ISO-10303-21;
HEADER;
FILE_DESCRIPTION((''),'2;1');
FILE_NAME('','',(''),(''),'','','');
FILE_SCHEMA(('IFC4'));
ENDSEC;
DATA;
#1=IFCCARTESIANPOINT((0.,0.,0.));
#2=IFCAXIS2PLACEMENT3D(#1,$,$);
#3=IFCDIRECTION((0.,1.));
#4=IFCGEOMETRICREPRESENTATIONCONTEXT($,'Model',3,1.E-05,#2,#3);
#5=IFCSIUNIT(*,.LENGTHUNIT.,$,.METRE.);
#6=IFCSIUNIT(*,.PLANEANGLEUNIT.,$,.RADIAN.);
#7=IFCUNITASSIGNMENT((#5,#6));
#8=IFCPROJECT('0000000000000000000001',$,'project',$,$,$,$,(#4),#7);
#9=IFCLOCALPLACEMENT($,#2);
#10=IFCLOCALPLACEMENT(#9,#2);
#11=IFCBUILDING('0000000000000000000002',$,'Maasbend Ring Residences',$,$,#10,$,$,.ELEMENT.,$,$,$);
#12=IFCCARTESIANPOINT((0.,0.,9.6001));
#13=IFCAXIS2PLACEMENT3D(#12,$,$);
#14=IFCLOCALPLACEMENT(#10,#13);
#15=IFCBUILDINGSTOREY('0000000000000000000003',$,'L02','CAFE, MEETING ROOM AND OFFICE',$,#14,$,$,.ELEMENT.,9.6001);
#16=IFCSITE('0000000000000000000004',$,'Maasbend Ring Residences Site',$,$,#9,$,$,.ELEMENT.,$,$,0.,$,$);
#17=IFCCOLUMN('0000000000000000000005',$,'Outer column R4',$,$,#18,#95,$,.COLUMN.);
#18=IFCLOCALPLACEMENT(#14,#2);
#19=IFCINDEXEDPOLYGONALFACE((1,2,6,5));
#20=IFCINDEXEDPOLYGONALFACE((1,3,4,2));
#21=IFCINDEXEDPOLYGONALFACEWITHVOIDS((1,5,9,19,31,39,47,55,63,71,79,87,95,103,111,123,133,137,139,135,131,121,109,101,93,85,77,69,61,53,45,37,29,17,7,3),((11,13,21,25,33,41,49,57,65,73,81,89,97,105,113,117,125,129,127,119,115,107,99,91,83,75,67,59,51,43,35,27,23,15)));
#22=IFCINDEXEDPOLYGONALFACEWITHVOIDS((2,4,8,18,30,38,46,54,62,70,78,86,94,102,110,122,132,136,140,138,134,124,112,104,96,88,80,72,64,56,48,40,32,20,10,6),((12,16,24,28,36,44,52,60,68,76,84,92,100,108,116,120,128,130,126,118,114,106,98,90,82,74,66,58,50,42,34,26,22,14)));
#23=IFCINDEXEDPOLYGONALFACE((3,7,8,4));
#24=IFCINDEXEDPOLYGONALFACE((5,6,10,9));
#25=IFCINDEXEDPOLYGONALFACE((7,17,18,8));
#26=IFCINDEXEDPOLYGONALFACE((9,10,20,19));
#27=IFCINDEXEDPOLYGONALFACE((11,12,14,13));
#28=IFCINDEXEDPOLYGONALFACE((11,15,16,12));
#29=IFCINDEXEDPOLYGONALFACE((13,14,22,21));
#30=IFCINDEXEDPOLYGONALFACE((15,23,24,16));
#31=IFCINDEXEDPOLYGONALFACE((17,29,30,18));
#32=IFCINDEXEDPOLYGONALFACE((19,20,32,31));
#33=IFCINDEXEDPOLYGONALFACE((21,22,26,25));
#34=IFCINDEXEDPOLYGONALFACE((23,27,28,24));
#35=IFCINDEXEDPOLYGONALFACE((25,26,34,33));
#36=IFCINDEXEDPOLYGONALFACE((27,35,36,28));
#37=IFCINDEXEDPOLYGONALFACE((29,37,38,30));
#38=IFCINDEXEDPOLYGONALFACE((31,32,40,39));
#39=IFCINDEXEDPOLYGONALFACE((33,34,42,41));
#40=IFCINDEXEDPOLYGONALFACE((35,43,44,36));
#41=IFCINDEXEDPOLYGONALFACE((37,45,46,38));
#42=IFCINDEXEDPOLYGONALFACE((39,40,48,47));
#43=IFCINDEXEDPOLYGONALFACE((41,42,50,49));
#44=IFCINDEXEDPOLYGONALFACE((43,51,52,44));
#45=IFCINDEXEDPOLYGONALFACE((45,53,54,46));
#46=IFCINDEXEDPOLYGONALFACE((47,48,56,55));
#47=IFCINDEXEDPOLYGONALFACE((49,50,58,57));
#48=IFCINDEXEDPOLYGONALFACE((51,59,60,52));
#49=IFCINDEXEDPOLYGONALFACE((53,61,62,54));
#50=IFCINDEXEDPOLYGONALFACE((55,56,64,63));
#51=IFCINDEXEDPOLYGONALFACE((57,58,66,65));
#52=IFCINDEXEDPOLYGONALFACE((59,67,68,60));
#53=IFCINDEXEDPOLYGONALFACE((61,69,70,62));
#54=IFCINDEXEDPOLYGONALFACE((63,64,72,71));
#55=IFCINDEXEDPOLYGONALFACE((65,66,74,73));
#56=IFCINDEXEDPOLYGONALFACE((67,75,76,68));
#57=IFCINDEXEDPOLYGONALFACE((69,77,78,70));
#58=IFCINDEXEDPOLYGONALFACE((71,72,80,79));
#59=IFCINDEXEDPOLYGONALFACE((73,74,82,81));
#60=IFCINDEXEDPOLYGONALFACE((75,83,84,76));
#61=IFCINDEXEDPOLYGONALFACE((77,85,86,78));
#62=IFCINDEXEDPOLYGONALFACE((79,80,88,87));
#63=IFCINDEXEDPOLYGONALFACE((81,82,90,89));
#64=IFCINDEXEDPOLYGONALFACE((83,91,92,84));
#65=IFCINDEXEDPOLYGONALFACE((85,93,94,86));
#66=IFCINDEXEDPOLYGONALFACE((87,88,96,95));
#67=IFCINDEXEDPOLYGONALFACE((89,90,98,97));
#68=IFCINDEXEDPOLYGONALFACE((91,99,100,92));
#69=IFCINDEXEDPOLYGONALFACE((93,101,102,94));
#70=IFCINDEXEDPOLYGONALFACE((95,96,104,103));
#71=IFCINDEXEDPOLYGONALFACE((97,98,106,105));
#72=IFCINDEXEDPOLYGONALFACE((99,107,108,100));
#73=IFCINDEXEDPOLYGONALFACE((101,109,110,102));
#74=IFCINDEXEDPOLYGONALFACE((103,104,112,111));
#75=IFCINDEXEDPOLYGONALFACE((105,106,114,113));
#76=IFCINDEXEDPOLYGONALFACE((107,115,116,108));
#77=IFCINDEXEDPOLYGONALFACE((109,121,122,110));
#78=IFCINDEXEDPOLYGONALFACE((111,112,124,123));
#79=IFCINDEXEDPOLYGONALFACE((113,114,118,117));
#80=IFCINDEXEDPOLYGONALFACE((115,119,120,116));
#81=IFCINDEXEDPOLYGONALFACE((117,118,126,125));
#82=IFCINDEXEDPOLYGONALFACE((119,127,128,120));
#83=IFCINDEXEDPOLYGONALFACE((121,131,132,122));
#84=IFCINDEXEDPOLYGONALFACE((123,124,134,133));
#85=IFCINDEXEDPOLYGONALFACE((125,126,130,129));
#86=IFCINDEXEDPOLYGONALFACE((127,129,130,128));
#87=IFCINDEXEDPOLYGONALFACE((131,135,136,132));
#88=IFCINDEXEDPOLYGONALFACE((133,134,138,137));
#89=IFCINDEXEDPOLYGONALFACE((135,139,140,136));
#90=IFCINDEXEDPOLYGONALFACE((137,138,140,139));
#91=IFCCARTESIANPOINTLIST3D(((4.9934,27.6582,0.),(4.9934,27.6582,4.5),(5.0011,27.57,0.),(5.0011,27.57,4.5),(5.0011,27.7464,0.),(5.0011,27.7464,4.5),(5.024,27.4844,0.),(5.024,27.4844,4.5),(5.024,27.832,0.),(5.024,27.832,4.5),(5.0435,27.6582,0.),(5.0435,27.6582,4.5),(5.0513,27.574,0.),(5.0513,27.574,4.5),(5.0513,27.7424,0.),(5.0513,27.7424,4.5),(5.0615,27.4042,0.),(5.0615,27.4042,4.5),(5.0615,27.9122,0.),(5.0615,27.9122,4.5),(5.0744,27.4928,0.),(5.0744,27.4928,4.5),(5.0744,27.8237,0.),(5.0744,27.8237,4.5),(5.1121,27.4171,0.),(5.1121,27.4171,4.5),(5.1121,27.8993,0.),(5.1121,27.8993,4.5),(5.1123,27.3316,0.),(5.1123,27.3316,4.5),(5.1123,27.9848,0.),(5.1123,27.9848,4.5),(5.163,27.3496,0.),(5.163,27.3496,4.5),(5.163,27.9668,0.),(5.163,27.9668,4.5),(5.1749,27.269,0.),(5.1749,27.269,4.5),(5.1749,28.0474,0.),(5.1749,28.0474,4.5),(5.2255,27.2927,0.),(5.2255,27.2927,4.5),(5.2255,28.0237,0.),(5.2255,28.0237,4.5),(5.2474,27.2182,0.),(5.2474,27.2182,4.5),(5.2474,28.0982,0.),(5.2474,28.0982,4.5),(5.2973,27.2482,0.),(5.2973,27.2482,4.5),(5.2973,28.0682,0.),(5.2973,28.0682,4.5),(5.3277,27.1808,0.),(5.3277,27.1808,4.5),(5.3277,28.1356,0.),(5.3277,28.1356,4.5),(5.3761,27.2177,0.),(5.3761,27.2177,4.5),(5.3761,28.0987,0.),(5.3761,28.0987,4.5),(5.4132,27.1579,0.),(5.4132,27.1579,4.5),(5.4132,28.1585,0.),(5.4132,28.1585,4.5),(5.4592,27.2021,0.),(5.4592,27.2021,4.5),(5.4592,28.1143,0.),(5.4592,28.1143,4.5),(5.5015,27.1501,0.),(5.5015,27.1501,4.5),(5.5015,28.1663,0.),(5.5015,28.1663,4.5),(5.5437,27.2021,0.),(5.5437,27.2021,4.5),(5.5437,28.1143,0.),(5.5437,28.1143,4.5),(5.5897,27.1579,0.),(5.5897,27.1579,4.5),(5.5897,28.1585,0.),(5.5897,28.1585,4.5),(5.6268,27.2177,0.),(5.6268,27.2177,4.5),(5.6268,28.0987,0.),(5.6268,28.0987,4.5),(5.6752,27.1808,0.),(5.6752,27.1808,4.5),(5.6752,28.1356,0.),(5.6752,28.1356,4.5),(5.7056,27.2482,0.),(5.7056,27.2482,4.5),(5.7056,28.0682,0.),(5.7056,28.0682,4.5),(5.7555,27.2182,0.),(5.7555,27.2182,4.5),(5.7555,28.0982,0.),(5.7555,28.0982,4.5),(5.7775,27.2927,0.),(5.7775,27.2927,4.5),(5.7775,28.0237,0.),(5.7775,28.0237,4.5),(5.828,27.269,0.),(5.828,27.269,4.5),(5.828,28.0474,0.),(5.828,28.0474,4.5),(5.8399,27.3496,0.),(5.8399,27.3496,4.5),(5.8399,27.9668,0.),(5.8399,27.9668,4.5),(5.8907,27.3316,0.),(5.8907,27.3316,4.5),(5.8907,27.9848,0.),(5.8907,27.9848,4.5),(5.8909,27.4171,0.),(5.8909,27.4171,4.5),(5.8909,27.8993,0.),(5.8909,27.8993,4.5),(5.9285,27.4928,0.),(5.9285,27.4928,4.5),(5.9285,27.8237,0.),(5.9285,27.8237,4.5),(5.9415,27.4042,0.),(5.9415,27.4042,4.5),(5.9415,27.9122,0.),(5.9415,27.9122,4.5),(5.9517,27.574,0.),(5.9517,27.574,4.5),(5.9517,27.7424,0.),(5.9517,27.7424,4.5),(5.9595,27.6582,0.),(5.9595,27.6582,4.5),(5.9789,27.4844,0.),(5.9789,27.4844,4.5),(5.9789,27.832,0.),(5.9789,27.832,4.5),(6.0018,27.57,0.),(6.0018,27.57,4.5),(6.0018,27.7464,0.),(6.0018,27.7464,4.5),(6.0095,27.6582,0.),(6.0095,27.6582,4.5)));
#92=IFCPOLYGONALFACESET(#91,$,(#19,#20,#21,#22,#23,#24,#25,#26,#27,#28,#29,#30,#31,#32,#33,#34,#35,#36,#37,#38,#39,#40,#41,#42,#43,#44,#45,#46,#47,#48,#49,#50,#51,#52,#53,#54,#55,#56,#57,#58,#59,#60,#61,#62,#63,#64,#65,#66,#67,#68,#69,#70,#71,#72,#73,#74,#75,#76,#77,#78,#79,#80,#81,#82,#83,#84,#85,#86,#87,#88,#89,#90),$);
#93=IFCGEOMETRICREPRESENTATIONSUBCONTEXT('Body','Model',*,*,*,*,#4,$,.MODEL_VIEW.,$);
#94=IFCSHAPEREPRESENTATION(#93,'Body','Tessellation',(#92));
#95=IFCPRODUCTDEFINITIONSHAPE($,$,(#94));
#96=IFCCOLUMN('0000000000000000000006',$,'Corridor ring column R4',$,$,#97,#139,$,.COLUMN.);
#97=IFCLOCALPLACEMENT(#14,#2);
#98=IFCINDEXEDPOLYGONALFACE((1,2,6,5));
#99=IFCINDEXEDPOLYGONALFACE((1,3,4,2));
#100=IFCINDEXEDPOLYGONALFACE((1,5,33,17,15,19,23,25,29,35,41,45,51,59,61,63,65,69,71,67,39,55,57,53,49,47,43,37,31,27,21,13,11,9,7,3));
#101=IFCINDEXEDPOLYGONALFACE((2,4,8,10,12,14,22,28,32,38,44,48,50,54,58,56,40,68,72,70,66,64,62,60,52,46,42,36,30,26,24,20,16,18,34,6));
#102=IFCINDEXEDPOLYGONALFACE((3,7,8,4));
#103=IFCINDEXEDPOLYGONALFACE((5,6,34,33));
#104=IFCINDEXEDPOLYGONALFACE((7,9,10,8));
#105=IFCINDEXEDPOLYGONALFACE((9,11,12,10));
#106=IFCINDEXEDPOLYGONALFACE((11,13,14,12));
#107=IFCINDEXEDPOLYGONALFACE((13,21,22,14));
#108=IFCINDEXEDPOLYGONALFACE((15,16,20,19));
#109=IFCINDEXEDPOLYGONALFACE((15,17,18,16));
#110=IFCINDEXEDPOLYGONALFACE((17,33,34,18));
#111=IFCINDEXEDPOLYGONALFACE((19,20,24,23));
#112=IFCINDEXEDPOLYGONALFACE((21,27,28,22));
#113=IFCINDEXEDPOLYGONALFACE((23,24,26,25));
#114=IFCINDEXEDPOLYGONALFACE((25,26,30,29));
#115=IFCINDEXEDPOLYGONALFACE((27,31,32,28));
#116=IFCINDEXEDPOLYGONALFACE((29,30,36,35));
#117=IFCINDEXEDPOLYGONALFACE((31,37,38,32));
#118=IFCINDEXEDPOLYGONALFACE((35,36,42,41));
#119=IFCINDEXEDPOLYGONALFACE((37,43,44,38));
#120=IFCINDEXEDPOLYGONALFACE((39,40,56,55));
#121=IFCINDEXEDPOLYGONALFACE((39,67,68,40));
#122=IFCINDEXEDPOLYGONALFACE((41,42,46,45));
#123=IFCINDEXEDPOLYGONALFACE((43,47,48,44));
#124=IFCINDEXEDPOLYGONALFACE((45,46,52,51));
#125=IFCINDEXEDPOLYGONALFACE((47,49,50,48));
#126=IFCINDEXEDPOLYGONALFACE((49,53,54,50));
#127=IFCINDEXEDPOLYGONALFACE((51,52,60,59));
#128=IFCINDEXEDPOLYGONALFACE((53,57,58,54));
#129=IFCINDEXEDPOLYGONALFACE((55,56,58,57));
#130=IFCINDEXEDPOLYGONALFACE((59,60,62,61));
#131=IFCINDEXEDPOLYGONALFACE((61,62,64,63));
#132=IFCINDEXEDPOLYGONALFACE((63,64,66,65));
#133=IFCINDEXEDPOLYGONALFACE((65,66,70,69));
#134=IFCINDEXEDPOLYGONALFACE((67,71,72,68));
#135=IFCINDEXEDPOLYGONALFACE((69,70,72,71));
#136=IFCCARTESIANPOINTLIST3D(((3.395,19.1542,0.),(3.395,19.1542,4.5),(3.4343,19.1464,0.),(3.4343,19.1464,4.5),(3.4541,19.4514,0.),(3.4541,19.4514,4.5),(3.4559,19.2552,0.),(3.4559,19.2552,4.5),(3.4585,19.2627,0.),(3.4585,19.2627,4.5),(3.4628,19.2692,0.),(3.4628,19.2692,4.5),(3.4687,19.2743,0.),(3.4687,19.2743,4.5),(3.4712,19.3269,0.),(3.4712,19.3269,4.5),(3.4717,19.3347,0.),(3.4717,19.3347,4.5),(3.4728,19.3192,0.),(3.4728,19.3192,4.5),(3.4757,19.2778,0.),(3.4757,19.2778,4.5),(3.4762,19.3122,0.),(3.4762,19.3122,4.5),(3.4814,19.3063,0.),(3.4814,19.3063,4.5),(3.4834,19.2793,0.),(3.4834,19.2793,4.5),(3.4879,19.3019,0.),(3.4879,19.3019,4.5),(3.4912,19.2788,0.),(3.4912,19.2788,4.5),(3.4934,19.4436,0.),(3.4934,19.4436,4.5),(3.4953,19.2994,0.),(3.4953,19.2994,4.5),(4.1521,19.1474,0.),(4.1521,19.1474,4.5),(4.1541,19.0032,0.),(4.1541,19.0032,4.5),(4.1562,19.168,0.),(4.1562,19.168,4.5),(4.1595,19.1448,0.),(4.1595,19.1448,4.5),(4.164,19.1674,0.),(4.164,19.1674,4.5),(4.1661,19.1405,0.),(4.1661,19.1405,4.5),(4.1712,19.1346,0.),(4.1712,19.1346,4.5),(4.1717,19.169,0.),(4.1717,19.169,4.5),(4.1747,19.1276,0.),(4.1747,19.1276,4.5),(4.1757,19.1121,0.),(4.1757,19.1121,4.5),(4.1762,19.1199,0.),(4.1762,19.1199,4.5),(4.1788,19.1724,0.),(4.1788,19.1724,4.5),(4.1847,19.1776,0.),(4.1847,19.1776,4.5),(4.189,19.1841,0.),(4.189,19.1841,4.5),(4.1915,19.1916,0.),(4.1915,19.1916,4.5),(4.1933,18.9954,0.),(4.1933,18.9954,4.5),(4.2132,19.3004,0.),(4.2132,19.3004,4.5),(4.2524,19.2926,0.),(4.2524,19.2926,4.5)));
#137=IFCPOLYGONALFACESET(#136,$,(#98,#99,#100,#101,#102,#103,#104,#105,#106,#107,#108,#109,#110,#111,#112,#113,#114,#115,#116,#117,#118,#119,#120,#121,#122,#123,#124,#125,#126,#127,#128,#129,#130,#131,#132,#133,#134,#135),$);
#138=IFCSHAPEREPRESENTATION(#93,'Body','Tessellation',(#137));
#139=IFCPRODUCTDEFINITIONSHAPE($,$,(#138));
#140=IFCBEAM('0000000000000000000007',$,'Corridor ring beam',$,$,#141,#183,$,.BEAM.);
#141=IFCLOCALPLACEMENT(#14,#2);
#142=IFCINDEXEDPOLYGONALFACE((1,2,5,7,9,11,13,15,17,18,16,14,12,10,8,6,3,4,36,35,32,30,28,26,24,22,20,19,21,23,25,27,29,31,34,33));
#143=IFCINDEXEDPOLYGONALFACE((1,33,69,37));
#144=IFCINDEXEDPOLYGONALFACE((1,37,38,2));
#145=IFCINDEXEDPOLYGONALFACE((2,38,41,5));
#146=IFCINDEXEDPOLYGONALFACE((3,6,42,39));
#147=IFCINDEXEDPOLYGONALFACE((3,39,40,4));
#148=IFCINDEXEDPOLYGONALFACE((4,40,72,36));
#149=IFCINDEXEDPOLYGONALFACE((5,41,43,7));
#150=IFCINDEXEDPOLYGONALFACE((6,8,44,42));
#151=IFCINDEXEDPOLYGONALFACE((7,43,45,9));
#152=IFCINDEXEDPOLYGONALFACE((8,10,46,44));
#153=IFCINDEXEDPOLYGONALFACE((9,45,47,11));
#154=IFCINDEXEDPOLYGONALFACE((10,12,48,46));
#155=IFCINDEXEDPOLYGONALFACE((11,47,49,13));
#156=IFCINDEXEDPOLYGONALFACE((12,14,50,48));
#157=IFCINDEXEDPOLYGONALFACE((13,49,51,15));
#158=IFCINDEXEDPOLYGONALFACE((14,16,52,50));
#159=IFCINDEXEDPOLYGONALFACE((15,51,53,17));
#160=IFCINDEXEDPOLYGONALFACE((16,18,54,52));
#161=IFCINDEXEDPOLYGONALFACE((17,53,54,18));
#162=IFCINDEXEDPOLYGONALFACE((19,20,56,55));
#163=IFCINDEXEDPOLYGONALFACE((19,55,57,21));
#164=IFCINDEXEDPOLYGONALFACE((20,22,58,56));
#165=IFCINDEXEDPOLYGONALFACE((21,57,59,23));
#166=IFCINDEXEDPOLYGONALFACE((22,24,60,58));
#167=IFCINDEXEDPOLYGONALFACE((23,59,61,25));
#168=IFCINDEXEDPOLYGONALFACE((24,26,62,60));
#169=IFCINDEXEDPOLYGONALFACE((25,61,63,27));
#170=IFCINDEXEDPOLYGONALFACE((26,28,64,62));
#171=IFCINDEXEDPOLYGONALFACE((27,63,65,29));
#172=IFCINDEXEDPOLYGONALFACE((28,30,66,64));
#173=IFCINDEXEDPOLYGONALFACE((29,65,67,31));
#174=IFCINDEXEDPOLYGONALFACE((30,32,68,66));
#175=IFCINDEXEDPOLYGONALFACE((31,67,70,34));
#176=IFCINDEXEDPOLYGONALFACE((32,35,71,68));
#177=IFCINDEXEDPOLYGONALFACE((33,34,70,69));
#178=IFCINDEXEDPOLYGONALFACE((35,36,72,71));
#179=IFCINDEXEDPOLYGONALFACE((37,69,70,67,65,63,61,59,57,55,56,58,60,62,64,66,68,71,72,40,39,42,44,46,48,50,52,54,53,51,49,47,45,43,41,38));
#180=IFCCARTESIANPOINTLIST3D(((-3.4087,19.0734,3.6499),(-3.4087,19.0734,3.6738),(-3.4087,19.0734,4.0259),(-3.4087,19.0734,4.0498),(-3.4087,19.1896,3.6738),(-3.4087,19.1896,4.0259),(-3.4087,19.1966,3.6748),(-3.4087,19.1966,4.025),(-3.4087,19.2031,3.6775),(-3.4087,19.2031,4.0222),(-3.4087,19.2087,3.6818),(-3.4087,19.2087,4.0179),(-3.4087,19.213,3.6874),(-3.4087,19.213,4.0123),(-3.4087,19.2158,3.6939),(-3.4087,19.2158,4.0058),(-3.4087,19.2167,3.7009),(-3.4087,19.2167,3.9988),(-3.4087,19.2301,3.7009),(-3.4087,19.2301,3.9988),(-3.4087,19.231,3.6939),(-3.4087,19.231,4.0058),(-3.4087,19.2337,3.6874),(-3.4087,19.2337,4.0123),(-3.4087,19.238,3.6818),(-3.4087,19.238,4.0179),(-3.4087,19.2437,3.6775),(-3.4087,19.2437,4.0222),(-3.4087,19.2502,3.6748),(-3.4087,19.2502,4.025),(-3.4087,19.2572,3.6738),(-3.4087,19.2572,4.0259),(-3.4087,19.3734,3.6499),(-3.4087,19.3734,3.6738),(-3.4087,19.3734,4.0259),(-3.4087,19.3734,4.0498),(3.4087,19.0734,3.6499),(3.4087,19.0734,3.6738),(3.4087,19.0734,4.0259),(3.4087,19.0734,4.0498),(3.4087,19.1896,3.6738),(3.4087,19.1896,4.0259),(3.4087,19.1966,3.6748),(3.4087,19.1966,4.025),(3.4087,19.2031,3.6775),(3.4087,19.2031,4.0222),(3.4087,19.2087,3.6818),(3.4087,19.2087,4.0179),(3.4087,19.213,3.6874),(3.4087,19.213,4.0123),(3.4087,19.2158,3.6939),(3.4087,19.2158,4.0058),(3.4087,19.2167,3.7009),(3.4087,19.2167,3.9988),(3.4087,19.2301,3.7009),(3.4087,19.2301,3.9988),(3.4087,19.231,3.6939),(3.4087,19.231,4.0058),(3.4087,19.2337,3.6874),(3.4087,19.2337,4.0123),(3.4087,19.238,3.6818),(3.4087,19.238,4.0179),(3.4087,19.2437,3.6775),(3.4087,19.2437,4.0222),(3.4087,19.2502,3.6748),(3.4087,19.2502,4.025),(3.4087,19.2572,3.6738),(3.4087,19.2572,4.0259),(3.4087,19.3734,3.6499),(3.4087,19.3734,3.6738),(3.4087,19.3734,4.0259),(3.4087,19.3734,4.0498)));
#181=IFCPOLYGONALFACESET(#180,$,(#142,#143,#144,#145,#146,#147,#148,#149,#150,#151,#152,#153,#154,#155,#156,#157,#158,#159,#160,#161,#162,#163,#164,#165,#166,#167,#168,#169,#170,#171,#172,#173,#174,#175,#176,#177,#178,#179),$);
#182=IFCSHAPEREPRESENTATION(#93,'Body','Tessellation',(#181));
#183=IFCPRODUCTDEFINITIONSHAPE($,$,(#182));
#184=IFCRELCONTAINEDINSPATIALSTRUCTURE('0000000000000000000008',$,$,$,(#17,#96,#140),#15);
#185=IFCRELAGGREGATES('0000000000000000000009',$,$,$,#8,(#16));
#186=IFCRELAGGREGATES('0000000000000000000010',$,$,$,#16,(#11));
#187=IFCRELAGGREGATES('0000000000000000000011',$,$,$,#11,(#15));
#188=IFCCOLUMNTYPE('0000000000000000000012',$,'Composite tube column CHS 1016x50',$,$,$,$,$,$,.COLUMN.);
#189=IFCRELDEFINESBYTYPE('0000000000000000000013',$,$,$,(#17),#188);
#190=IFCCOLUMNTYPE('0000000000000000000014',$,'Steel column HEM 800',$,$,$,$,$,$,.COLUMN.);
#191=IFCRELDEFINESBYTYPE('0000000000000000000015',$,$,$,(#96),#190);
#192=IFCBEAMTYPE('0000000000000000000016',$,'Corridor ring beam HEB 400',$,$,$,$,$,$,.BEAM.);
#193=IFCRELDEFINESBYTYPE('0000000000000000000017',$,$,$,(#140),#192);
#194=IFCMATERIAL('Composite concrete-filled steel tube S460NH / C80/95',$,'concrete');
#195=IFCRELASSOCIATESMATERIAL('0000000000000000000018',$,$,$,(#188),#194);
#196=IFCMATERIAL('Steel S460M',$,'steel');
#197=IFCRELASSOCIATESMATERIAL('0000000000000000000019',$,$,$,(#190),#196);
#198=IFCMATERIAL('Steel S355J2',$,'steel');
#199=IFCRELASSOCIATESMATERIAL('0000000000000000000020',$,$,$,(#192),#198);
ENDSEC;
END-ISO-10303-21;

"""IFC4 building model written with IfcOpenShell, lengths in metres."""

from ifc_helpers import new_model, si_unit, direction, frame, origin, origin_2d, place, context, subcontext, project, spatial, hollow_circle, i_section, extrude, material, material_profile, profile_set, type_object, element, save


model = new_model("IFC4")

# Units and contexts
model_context = context("Model", 3, precision=1e-05, world=origin(), true_north=direction((0.0, 1.0)))
body_context = subcontext(model_context, "Body", "Model", "MODEL_VIEW")
ifc_project = project(units=[si_unit("LENGTHUNIT", "METRE"), si_unit("PLANEANGLEUNIT", "RADIAN")], contexts=[model_context])

# Site, building, storey
site_placement = place(None, origin())
site = spatial("IfcSite", under=ifc_project, at=site_placement, Name="Maasbend Ring Residences Site", CompositionType="ELEMENT", RefElevation=0.0)
building_placement = place(site_placement, origin())
building = spatial("IfcBuilding", under=site, at=building_placement, Name="Maasbend Ring Residences", CompositionType="ELEMENT")
storey_placement = place(building_placement, frame((0.0, 0.0, 9.6001)))
storey = spatial("IfcBuildingStorey", under=building, at=storey_placement, Name="L02", Description="CAFE, MEETING ROOM AND OFFICE", CompositionType="ELEMENT", Elevation=9.6001)

# Columns
ifc_material_1 = material(Name="Composite concrete-filled steel tube S460NH / C80/95", Category="concrete")
ifc_material_profile_1 = material_profile(ifc_material_1, hollow_circle(Radius=0.5081, WallThickness=0.05, at=origin_2d()), Name="Composite tube column CHS 1016x50")
ifc_profile_set_1 = profile_set([ifc_material_profile_1], Name="Composite concrete-filled steel tube S460NH / C80/95")
column_type_1 = type_object("IfcColumnType", Name="Composite tube column CHS 1016x50", PredefinedType="COLUMN", material=ifc_profile_set_1)
column_1_placement = place(storey_placement, frame((5.5015, 27.6582, 0.0), z_axis=(0.0, 0.0, 1.0), x_axis=(1.0, 0.0, 0.0)))
element("IfcColumn", 1, at=column_1_placement, inside=storey, type_object=column_type_1, Name="Outer column R4", PredefinedType="COLUMN", context=body_context, shape_type="SweptSolid", body=[
    extrude(hollow_circle(Radius=0.5081, WallThickness=0.05, at=origin_2d()), origin(), (0.0, 0.0, 1.0), 4.5),
])
ifc_material_2 = material(Name="Steel S460M", Category="steel")
ifc_material_profile_2 = material_profile(ifc_material_2, i_section(OverallWidth=0.303, OverallDepth=0.814, WebThickness=0.021, FlangeThickness=0.04, FilletRadius=0.03, at=origin_2d()), Name="HEM 800")
ifc_profile_set_2 = profile_set([ifc_material_profile_2], Name="Steel S460M")
column_type_2 = type_object("IfcColumnType", Name="Steel column HEM 800", PredefinedType="COLUMN", material=ifc_profile_set_2)
column_2_placement = place(storey_placement, frame((3.8237, 19.2234, 0.0), z_axis=(0.0, 0.0, 1.0), x_axis=(0.19509, 0.980785, 0.0)))
element("IfcColumn", 2, at=column_2_placement, inside=storey, type_object=column_type_2, Name="Corridor ring column R4", PredefinedType="COLUMN", context=body_context, shape_type="SweptSolid", body=[
    extrude(i_section(OverallWidth=0.303, OverallDepth=0.814, WebThickness=0.021, FlangeThickness=0.04, FilletRadius=0.03, at=origin_2d()), origin(), (0.0, 0.0, 1.0), 4.5),
])

# Beam
ifc_material_3 = material(Name="Steel S355J2", Category="steel")
ifc_material_profile_3 = material_profile(ifc_material_3, i_section(OverallWidth=0.3, OverallDepth=0.3999, WebThickness=0.0134, FlangeThickness=0.0239, FilletRadius=0.0271, at=origin_2d()), Name="HEB 400")
ifc_profile_set_3 = profile_set([ifc_material_profile_3], Name="Steel S355J2")
beam_type = type_object("IfcBeamType", Name="Corridor ring beam HEB 400", PredefinedType="BEAM", material=ifc_profile_set_3)
beam_placement = place(storey_placement, frame((3.4087, 19.2234, 3.8499), z_axis=(-1.0, 0.0, 0.0), x_axis=(0.0, -1.0, 0.0)))
element("IfcBeam", 3, at=beam_placement, inside=storey, type_object=beam_type, Name="Corridor ring beam", PredefinedType="BEAM", context=body_context, shape_type="SweptSolid", body=[
    extrude(i_section(OverallWidth=0.3, OverallDepth=0.3999, WebThickness=0.0134, FlangeThickness=0.0239, FilletRadius=0.0271, at=origin_2d()), origin(), (0.0, 0.0, 1.0), 6.8174),
])

save(model, "model.ifc")
